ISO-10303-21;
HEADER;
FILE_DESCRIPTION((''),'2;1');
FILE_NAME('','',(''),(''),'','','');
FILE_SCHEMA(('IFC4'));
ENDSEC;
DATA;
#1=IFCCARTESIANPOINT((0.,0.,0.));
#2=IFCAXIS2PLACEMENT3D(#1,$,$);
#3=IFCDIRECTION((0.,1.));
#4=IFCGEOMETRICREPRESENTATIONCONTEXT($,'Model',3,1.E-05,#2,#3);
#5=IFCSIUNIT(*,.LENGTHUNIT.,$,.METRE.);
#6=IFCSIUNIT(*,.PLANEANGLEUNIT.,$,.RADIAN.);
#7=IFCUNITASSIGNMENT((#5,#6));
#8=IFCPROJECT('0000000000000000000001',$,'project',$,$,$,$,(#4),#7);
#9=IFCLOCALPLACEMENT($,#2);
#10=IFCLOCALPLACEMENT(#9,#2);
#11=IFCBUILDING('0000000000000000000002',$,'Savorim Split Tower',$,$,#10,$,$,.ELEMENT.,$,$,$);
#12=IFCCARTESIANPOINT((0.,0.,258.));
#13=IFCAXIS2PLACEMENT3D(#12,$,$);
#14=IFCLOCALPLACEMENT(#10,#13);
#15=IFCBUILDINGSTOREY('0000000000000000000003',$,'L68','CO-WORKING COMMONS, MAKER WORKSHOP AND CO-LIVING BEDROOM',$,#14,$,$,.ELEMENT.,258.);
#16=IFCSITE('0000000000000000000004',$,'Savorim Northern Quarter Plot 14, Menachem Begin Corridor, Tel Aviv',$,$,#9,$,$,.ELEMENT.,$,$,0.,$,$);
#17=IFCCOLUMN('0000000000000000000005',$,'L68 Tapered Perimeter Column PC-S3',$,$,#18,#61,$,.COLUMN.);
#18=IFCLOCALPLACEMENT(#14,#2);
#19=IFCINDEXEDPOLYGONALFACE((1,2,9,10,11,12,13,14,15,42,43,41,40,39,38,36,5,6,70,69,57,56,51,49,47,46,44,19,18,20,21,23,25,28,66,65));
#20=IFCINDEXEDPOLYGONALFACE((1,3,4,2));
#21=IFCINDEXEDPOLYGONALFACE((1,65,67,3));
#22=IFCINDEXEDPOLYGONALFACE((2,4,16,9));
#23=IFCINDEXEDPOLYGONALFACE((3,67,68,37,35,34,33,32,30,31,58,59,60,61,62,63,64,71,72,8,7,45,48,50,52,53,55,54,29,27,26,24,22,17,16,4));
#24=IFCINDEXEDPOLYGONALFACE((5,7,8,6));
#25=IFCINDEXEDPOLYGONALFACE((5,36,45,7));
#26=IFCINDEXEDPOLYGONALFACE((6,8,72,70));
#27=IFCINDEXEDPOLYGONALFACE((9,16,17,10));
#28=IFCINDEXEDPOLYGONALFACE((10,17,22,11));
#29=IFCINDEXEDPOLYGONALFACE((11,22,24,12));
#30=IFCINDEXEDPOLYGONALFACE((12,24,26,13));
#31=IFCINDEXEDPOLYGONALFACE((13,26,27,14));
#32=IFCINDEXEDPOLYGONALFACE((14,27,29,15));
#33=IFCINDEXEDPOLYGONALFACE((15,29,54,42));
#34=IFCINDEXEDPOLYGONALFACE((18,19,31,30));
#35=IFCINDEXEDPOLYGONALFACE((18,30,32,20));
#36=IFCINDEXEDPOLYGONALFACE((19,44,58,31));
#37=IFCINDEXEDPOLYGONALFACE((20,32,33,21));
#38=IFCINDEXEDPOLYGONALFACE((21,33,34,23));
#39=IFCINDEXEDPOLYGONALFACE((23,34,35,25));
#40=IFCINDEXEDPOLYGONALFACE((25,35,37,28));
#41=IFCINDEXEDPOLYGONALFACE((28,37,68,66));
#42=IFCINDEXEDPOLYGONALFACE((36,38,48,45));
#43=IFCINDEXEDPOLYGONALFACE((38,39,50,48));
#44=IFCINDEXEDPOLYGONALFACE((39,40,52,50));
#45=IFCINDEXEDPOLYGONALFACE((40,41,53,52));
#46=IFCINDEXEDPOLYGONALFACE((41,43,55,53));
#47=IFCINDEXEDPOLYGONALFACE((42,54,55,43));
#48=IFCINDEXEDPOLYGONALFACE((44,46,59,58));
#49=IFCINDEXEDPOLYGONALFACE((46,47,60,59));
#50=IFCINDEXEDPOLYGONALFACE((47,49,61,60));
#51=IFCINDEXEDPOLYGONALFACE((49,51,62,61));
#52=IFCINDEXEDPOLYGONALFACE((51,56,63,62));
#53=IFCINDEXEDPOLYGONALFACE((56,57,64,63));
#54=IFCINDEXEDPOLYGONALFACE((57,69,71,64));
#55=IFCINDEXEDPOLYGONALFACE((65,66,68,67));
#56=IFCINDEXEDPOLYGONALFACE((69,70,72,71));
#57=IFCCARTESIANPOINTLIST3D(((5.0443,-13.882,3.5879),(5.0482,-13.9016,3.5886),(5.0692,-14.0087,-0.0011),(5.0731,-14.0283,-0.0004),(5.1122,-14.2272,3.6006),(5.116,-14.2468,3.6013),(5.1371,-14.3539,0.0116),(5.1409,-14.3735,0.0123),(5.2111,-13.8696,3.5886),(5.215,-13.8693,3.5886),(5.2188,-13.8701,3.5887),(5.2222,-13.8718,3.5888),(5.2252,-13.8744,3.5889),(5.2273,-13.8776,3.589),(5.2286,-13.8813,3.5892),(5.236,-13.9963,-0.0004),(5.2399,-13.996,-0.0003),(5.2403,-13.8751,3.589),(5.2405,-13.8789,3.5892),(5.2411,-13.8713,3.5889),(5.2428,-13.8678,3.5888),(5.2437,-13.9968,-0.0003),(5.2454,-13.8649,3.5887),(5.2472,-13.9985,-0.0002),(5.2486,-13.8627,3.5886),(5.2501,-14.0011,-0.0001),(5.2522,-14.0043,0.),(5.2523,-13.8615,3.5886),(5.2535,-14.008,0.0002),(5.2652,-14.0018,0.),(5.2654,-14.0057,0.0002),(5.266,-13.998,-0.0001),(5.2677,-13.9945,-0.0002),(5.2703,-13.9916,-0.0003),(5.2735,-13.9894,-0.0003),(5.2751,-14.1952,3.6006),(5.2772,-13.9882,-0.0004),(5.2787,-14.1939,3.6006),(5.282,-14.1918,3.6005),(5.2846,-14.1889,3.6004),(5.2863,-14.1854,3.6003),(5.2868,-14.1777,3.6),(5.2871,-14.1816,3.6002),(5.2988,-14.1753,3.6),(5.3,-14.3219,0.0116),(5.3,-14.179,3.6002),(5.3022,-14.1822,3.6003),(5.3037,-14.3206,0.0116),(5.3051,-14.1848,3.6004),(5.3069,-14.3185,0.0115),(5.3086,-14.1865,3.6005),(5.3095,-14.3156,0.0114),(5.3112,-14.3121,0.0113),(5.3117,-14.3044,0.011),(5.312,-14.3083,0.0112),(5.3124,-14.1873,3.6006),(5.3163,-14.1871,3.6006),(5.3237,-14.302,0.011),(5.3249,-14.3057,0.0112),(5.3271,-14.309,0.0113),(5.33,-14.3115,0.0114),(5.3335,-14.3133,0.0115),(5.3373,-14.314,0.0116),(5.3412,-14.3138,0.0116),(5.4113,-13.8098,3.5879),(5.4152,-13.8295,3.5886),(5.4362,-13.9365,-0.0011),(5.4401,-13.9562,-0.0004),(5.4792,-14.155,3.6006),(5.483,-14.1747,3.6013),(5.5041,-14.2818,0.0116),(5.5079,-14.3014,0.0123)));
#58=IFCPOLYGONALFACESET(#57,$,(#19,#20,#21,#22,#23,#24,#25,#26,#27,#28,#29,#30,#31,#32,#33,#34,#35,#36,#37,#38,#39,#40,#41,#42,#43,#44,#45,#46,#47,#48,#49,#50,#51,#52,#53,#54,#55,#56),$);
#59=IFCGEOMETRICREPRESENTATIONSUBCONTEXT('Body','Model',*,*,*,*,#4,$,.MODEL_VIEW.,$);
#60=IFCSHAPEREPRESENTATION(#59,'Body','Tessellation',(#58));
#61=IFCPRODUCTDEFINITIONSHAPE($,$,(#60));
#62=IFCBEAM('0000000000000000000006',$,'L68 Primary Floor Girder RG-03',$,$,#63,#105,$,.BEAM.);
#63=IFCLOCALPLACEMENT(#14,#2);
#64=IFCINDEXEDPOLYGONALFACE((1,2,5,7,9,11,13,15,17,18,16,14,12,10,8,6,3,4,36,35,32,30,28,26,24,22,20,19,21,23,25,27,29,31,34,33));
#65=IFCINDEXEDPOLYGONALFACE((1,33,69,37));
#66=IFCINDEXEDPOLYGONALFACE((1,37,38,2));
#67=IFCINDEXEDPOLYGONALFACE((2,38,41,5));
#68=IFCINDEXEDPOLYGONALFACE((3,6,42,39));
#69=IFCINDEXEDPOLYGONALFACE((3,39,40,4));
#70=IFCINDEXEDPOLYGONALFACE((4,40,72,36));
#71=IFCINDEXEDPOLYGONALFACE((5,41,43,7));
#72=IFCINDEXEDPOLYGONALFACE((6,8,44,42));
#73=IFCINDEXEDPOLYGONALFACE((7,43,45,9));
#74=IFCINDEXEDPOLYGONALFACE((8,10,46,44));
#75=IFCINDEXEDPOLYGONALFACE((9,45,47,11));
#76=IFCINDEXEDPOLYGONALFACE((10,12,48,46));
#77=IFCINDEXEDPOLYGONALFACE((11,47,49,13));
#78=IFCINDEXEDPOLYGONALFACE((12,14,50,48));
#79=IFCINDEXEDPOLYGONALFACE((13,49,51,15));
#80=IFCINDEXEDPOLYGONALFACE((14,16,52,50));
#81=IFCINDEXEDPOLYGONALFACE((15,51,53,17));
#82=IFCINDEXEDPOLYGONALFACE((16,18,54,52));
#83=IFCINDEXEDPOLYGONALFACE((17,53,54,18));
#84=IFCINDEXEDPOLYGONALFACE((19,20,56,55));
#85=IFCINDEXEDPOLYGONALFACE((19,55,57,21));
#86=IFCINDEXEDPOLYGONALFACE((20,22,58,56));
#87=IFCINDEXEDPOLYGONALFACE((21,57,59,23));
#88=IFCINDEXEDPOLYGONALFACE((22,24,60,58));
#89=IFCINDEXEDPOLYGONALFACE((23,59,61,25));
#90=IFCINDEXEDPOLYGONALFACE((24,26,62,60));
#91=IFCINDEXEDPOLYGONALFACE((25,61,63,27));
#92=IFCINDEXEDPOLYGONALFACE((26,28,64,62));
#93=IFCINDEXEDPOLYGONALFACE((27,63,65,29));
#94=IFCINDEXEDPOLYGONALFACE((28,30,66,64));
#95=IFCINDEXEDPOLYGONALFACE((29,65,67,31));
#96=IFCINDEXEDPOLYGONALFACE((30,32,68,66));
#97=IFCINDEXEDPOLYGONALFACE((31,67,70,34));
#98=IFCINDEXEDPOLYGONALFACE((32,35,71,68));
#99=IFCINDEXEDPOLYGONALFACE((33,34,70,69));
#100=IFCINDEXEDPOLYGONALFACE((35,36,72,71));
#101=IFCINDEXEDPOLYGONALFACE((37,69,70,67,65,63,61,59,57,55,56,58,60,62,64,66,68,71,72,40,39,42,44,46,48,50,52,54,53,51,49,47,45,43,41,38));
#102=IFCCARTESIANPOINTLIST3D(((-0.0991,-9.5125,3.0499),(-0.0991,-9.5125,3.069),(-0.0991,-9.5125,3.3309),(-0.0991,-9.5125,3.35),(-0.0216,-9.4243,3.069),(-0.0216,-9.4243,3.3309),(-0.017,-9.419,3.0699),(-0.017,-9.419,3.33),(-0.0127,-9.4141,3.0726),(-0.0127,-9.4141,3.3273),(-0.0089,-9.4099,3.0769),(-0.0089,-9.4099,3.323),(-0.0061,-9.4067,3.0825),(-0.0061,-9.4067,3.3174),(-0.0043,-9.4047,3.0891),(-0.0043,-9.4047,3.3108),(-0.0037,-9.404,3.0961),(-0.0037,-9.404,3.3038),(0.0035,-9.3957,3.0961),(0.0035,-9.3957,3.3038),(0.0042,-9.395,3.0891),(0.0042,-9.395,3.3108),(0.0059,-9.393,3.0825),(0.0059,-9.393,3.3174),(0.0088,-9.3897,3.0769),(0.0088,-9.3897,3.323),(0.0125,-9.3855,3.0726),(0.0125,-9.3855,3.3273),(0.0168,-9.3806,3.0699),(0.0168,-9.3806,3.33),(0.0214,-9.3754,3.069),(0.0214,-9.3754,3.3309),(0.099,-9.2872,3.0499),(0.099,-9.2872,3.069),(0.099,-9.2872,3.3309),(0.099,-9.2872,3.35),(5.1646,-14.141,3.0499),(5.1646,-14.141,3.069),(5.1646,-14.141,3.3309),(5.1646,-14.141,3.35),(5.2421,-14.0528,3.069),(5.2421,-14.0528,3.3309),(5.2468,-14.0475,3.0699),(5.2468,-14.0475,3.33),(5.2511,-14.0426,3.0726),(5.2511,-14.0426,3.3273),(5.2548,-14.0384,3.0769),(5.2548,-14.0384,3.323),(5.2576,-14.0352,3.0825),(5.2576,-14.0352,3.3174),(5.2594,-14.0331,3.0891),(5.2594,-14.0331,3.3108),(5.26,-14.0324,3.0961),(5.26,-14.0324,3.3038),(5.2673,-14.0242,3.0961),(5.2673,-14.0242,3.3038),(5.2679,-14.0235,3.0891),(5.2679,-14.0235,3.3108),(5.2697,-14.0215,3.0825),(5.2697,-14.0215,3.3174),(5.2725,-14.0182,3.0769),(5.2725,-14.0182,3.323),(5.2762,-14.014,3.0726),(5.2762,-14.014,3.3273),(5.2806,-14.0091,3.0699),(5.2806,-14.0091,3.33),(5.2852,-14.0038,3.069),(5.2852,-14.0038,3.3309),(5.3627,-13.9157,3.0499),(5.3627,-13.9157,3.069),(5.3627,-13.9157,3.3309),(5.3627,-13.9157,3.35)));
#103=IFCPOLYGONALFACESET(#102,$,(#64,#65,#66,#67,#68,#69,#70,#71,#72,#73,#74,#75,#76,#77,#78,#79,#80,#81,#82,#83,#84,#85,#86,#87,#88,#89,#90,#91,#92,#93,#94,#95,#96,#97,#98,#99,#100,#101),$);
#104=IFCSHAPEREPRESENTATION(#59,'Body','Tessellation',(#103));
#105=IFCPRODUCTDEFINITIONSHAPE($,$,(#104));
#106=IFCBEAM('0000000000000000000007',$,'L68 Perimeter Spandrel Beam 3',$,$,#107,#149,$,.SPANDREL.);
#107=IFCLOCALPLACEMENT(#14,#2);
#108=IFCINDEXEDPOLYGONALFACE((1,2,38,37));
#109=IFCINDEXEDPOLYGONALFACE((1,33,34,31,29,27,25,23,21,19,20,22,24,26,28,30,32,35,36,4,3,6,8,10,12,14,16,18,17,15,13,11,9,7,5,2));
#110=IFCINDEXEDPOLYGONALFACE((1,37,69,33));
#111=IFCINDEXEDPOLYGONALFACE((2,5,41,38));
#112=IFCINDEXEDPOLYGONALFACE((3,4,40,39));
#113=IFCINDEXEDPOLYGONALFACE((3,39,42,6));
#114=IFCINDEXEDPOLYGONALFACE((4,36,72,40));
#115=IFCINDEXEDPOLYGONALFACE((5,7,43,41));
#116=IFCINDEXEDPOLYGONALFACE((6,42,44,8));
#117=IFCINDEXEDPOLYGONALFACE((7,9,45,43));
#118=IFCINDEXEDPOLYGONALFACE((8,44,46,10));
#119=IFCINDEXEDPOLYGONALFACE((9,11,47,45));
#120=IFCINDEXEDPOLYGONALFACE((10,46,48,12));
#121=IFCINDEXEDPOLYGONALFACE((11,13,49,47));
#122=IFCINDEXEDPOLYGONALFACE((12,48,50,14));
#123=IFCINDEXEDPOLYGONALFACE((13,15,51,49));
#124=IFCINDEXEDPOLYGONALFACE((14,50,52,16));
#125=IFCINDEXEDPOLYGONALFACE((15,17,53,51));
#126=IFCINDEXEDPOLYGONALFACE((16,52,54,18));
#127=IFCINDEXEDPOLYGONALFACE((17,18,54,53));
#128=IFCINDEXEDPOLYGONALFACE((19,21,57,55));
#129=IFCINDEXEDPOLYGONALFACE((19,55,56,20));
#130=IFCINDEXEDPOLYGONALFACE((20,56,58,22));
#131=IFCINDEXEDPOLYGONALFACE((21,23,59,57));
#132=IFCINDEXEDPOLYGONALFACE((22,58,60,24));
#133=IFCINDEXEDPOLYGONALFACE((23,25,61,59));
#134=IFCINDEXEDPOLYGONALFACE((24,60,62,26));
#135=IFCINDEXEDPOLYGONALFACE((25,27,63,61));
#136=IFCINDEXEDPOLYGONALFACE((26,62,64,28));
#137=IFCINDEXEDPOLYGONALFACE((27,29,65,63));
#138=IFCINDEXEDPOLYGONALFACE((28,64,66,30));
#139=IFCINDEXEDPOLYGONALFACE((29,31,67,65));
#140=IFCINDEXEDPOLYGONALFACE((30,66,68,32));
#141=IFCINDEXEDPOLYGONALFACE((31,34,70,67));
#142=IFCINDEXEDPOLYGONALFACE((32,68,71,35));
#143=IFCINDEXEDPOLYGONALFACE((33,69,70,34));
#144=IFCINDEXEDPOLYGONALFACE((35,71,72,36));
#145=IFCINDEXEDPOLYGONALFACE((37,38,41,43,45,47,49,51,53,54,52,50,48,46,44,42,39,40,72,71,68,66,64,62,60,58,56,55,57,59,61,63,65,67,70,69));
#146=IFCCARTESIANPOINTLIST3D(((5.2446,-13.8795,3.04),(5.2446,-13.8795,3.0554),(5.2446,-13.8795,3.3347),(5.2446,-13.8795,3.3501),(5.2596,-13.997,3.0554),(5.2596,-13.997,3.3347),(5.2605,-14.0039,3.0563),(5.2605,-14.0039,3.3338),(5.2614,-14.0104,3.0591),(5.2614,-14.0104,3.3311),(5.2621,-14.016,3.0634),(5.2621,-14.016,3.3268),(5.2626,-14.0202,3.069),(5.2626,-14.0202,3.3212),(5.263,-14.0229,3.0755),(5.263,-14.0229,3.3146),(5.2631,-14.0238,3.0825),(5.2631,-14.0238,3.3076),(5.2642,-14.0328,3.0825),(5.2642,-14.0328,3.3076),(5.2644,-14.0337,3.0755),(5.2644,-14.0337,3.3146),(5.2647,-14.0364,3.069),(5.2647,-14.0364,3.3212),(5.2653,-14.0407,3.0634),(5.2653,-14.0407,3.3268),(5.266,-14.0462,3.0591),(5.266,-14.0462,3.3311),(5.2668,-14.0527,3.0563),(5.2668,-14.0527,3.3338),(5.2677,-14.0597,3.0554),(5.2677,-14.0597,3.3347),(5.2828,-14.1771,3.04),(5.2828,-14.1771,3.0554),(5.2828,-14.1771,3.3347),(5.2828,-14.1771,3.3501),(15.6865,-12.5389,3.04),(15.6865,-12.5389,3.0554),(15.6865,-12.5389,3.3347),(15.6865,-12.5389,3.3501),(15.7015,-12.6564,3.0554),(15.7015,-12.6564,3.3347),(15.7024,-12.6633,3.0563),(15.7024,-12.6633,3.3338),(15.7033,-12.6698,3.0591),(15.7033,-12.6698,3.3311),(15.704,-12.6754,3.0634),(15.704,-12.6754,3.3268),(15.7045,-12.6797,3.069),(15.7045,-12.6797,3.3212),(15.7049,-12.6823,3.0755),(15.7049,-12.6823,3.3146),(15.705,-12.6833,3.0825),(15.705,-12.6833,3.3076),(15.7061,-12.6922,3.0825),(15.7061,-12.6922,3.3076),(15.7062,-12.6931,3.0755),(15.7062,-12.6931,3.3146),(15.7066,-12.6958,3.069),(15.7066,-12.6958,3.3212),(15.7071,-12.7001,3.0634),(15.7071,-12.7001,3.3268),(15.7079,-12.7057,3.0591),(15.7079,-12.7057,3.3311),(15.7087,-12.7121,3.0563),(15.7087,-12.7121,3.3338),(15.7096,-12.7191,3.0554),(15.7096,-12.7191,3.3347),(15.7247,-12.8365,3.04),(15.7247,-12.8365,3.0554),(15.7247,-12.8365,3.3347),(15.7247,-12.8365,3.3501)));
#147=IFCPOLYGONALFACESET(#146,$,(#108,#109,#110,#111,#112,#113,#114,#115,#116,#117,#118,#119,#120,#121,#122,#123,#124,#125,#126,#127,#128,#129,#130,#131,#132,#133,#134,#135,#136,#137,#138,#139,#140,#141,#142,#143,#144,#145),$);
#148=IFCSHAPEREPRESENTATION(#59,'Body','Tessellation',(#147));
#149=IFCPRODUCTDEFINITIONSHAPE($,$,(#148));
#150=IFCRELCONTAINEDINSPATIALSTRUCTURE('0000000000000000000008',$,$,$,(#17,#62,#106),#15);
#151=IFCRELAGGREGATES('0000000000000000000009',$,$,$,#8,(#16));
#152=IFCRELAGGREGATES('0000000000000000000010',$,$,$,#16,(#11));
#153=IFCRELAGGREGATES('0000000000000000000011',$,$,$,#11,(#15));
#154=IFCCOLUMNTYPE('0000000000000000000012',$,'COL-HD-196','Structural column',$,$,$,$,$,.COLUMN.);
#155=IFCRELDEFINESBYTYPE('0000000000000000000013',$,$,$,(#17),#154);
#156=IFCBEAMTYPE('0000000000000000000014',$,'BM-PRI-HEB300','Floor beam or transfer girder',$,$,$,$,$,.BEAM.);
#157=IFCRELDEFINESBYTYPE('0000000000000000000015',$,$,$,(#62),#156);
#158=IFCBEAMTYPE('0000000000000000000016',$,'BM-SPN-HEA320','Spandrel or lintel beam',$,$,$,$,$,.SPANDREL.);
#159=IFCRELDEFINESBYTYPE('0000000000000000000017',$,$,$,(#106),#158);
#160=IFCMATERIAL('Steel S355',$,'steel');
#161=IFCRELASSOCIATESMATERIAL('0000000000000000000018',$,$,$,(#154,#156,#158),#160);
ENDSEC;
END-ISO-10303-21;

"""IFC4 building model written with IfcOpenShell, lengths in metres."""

from ifc_helpers import new_model, si_unit, direction, frame, origin, origin_2d, place, context, subcontext, project, spatial, i_section, extrude, material, material_profile, profile_set, type_object, element, save


model = new_model("IFC4")

# Units and contexts
model_context = context("Model", 3, precision=1e-05, world=origin(), true_north=direction((0.0, 1.0)))
body_context = subcontext(model_context, "Body", "Model", "MODEL_VIEW")
ifc_project = project(units=[si_unit("LENGTHUNIT", "METRE"), si_unit("PLANEANGLEUNIT", "RADIAN")], contexts=[model_context])

# Site, building, storey
site_placement = place(None, origin())
site = spatial("IfcSite", under=ifc_project, at=site_placement, Name="Savorim Northern Quarter Plot 14, Menachem Begin Corridor, Tel Aviv", CompositionType="ELEMENT", RefElevation=0.0)
building_placement = place(site_placement, origin())
building = spatial("IfcBuilding", under=site, at=building_placement, Name="Savorim Split Tower", CompositionType="ELEMENT")
storey_placement = place(building_placement, frame((0.0, 0.0, 258.0)))
storey = spatial("IfcBuildingStorey", under=building, at=storey_placement, Name="L68", Description="CO-WORKING COMMONS, MAKER WORKSHOP AND CO-LIVING BEDROOM", CompositionType="ELEMENT", Elevation=258.0)

# Column
ifc_material_1 = material(Name="Steel S355", Category="steel")
ifc_material_profile_1 = material_profile(ifc_material_1, i_section(OverallWidth=0.374, OverallDepth=0.3721, WebThickness=0.0122, FlangeThickness=0.02, FilletRadius=0.0149, at=origin_2d()), Name="HD 360x196")
ifc_profile_set_1 = profile_set([ifc_material_profile_1], Name="Steel S355")
column_type = type_object("IfcColumnType", Name="COL-HD-196", Description="Structural column", PredefinedType="COLUMN", material=ifc_profile_set_1)
column_placement = place(storey_placement, frame((5.2886, -14.155, 0.0056), z_axis=(-0.006934, 0.035283, 0.999353), x_axis=(-0.98123, -0.192843, 0.0)))
element("IfcColumn", 1, at=column_placement, inside=storey, type_object=column_type, Name="L68 Tapered Perimeter Column PC-S3", PredefinedType="COLUMN", context=body_context, shape_type="SweptSolid", body=[
    extrude(i_section(OverallWidth=0.374, OverallDepth=0.3721, WebThickness=0.0122, FlangeThickness=0.02, FilletRadius=0.0149, at=origin_2d()), origin(), (0.0, 0.0, 1.0), 3.5913),
])

# Beams
ifc_material_profile_2 = material_profile(ifc_material_1, i_section(OverallWidth=0.3, OverallDepth=0.3, WebThickness=0.011, FlangeThickness=0.019, FilletRadius=0.0271, at=origin_2d()), Name="HEB 300")
ifc_profile_set_2 = profile_set([ifc_material_profile_2], Name="Steel S355")
beam_type_1 = type_object("IfcBeamType", Name="BM-PRI-HEB300", Description="Floor beam or transfer girder", PredefinedType="BEAM", material=ifc_profile_set_2)
beam_1_placement = place(storey_placement, frame((5.2637, -14.0283, 3.2), z_axis=(-0.750969, 0.660337, 0.0), x_axis=(-0.660337, -0.750969, 0.0)))
element("IfcBeam", 2, at=beam_1_placement, inside=storey, type_object=beam_type_1, Name="L68 Primary Floor Girder RG-03", PredefinedType="BEAM", context=body_context, shape_type="SweptSolid", body=[
    extrude(i_section(OverallWidth=0.3, OverallDepth=0.3, WebThickness=0.011, FlangeThickness=0.019, FilletRadius=0.0271, at=origin_2d()), origin(), (0.0, 0.0, 1.0), 7.0093),
])
ifc_material_profile_3 = material_profile(ifc_material_1, i_section(OverallWidth=0.3, OverallDepth=0.3101, WebThickness=0.009, FlangeThickness=0.0154, FilletRadius=0.0271, at=origin_2d()), Name="HEA 320")
ifc_profile_set_3 = profile_set([ifc_material_profile_3], Name="Steel S355")
beam_type_2 = type_object("IfcBeamType", Name="BM-SPN-HEA320", Description="Spandrel or lintel beam", PredefinedType="SPANDREL", material=ifc_profile_set_3)
beam_2_placement = place(storey_placement, frame((5.2637, -14.0283, 3.1951), z_axis=(0.991859, 0.127339, 0.0), x_axis=(-0.127339, 0.991859, 0.0)))
element("IfcBeam", 3, at=beam_2_placement, inside=storey, type_object=beam_type_2, Name="L68 Perimeter Spandrel Beam 3", PredefinedType="SPANDREL", context=body_context, shape_type="SweptSolid", body=[
    extrude(i_section(OverallWidth=0.3, OverallDepth=0.3101, WebThickness=0.009, FlangeThickness=0.0154, FilletRadius=0.0271, at=origin_2d()), origin(), (0.0, 0.0, 1.0), 10.5276),
])

save(model, "model.ifc")
